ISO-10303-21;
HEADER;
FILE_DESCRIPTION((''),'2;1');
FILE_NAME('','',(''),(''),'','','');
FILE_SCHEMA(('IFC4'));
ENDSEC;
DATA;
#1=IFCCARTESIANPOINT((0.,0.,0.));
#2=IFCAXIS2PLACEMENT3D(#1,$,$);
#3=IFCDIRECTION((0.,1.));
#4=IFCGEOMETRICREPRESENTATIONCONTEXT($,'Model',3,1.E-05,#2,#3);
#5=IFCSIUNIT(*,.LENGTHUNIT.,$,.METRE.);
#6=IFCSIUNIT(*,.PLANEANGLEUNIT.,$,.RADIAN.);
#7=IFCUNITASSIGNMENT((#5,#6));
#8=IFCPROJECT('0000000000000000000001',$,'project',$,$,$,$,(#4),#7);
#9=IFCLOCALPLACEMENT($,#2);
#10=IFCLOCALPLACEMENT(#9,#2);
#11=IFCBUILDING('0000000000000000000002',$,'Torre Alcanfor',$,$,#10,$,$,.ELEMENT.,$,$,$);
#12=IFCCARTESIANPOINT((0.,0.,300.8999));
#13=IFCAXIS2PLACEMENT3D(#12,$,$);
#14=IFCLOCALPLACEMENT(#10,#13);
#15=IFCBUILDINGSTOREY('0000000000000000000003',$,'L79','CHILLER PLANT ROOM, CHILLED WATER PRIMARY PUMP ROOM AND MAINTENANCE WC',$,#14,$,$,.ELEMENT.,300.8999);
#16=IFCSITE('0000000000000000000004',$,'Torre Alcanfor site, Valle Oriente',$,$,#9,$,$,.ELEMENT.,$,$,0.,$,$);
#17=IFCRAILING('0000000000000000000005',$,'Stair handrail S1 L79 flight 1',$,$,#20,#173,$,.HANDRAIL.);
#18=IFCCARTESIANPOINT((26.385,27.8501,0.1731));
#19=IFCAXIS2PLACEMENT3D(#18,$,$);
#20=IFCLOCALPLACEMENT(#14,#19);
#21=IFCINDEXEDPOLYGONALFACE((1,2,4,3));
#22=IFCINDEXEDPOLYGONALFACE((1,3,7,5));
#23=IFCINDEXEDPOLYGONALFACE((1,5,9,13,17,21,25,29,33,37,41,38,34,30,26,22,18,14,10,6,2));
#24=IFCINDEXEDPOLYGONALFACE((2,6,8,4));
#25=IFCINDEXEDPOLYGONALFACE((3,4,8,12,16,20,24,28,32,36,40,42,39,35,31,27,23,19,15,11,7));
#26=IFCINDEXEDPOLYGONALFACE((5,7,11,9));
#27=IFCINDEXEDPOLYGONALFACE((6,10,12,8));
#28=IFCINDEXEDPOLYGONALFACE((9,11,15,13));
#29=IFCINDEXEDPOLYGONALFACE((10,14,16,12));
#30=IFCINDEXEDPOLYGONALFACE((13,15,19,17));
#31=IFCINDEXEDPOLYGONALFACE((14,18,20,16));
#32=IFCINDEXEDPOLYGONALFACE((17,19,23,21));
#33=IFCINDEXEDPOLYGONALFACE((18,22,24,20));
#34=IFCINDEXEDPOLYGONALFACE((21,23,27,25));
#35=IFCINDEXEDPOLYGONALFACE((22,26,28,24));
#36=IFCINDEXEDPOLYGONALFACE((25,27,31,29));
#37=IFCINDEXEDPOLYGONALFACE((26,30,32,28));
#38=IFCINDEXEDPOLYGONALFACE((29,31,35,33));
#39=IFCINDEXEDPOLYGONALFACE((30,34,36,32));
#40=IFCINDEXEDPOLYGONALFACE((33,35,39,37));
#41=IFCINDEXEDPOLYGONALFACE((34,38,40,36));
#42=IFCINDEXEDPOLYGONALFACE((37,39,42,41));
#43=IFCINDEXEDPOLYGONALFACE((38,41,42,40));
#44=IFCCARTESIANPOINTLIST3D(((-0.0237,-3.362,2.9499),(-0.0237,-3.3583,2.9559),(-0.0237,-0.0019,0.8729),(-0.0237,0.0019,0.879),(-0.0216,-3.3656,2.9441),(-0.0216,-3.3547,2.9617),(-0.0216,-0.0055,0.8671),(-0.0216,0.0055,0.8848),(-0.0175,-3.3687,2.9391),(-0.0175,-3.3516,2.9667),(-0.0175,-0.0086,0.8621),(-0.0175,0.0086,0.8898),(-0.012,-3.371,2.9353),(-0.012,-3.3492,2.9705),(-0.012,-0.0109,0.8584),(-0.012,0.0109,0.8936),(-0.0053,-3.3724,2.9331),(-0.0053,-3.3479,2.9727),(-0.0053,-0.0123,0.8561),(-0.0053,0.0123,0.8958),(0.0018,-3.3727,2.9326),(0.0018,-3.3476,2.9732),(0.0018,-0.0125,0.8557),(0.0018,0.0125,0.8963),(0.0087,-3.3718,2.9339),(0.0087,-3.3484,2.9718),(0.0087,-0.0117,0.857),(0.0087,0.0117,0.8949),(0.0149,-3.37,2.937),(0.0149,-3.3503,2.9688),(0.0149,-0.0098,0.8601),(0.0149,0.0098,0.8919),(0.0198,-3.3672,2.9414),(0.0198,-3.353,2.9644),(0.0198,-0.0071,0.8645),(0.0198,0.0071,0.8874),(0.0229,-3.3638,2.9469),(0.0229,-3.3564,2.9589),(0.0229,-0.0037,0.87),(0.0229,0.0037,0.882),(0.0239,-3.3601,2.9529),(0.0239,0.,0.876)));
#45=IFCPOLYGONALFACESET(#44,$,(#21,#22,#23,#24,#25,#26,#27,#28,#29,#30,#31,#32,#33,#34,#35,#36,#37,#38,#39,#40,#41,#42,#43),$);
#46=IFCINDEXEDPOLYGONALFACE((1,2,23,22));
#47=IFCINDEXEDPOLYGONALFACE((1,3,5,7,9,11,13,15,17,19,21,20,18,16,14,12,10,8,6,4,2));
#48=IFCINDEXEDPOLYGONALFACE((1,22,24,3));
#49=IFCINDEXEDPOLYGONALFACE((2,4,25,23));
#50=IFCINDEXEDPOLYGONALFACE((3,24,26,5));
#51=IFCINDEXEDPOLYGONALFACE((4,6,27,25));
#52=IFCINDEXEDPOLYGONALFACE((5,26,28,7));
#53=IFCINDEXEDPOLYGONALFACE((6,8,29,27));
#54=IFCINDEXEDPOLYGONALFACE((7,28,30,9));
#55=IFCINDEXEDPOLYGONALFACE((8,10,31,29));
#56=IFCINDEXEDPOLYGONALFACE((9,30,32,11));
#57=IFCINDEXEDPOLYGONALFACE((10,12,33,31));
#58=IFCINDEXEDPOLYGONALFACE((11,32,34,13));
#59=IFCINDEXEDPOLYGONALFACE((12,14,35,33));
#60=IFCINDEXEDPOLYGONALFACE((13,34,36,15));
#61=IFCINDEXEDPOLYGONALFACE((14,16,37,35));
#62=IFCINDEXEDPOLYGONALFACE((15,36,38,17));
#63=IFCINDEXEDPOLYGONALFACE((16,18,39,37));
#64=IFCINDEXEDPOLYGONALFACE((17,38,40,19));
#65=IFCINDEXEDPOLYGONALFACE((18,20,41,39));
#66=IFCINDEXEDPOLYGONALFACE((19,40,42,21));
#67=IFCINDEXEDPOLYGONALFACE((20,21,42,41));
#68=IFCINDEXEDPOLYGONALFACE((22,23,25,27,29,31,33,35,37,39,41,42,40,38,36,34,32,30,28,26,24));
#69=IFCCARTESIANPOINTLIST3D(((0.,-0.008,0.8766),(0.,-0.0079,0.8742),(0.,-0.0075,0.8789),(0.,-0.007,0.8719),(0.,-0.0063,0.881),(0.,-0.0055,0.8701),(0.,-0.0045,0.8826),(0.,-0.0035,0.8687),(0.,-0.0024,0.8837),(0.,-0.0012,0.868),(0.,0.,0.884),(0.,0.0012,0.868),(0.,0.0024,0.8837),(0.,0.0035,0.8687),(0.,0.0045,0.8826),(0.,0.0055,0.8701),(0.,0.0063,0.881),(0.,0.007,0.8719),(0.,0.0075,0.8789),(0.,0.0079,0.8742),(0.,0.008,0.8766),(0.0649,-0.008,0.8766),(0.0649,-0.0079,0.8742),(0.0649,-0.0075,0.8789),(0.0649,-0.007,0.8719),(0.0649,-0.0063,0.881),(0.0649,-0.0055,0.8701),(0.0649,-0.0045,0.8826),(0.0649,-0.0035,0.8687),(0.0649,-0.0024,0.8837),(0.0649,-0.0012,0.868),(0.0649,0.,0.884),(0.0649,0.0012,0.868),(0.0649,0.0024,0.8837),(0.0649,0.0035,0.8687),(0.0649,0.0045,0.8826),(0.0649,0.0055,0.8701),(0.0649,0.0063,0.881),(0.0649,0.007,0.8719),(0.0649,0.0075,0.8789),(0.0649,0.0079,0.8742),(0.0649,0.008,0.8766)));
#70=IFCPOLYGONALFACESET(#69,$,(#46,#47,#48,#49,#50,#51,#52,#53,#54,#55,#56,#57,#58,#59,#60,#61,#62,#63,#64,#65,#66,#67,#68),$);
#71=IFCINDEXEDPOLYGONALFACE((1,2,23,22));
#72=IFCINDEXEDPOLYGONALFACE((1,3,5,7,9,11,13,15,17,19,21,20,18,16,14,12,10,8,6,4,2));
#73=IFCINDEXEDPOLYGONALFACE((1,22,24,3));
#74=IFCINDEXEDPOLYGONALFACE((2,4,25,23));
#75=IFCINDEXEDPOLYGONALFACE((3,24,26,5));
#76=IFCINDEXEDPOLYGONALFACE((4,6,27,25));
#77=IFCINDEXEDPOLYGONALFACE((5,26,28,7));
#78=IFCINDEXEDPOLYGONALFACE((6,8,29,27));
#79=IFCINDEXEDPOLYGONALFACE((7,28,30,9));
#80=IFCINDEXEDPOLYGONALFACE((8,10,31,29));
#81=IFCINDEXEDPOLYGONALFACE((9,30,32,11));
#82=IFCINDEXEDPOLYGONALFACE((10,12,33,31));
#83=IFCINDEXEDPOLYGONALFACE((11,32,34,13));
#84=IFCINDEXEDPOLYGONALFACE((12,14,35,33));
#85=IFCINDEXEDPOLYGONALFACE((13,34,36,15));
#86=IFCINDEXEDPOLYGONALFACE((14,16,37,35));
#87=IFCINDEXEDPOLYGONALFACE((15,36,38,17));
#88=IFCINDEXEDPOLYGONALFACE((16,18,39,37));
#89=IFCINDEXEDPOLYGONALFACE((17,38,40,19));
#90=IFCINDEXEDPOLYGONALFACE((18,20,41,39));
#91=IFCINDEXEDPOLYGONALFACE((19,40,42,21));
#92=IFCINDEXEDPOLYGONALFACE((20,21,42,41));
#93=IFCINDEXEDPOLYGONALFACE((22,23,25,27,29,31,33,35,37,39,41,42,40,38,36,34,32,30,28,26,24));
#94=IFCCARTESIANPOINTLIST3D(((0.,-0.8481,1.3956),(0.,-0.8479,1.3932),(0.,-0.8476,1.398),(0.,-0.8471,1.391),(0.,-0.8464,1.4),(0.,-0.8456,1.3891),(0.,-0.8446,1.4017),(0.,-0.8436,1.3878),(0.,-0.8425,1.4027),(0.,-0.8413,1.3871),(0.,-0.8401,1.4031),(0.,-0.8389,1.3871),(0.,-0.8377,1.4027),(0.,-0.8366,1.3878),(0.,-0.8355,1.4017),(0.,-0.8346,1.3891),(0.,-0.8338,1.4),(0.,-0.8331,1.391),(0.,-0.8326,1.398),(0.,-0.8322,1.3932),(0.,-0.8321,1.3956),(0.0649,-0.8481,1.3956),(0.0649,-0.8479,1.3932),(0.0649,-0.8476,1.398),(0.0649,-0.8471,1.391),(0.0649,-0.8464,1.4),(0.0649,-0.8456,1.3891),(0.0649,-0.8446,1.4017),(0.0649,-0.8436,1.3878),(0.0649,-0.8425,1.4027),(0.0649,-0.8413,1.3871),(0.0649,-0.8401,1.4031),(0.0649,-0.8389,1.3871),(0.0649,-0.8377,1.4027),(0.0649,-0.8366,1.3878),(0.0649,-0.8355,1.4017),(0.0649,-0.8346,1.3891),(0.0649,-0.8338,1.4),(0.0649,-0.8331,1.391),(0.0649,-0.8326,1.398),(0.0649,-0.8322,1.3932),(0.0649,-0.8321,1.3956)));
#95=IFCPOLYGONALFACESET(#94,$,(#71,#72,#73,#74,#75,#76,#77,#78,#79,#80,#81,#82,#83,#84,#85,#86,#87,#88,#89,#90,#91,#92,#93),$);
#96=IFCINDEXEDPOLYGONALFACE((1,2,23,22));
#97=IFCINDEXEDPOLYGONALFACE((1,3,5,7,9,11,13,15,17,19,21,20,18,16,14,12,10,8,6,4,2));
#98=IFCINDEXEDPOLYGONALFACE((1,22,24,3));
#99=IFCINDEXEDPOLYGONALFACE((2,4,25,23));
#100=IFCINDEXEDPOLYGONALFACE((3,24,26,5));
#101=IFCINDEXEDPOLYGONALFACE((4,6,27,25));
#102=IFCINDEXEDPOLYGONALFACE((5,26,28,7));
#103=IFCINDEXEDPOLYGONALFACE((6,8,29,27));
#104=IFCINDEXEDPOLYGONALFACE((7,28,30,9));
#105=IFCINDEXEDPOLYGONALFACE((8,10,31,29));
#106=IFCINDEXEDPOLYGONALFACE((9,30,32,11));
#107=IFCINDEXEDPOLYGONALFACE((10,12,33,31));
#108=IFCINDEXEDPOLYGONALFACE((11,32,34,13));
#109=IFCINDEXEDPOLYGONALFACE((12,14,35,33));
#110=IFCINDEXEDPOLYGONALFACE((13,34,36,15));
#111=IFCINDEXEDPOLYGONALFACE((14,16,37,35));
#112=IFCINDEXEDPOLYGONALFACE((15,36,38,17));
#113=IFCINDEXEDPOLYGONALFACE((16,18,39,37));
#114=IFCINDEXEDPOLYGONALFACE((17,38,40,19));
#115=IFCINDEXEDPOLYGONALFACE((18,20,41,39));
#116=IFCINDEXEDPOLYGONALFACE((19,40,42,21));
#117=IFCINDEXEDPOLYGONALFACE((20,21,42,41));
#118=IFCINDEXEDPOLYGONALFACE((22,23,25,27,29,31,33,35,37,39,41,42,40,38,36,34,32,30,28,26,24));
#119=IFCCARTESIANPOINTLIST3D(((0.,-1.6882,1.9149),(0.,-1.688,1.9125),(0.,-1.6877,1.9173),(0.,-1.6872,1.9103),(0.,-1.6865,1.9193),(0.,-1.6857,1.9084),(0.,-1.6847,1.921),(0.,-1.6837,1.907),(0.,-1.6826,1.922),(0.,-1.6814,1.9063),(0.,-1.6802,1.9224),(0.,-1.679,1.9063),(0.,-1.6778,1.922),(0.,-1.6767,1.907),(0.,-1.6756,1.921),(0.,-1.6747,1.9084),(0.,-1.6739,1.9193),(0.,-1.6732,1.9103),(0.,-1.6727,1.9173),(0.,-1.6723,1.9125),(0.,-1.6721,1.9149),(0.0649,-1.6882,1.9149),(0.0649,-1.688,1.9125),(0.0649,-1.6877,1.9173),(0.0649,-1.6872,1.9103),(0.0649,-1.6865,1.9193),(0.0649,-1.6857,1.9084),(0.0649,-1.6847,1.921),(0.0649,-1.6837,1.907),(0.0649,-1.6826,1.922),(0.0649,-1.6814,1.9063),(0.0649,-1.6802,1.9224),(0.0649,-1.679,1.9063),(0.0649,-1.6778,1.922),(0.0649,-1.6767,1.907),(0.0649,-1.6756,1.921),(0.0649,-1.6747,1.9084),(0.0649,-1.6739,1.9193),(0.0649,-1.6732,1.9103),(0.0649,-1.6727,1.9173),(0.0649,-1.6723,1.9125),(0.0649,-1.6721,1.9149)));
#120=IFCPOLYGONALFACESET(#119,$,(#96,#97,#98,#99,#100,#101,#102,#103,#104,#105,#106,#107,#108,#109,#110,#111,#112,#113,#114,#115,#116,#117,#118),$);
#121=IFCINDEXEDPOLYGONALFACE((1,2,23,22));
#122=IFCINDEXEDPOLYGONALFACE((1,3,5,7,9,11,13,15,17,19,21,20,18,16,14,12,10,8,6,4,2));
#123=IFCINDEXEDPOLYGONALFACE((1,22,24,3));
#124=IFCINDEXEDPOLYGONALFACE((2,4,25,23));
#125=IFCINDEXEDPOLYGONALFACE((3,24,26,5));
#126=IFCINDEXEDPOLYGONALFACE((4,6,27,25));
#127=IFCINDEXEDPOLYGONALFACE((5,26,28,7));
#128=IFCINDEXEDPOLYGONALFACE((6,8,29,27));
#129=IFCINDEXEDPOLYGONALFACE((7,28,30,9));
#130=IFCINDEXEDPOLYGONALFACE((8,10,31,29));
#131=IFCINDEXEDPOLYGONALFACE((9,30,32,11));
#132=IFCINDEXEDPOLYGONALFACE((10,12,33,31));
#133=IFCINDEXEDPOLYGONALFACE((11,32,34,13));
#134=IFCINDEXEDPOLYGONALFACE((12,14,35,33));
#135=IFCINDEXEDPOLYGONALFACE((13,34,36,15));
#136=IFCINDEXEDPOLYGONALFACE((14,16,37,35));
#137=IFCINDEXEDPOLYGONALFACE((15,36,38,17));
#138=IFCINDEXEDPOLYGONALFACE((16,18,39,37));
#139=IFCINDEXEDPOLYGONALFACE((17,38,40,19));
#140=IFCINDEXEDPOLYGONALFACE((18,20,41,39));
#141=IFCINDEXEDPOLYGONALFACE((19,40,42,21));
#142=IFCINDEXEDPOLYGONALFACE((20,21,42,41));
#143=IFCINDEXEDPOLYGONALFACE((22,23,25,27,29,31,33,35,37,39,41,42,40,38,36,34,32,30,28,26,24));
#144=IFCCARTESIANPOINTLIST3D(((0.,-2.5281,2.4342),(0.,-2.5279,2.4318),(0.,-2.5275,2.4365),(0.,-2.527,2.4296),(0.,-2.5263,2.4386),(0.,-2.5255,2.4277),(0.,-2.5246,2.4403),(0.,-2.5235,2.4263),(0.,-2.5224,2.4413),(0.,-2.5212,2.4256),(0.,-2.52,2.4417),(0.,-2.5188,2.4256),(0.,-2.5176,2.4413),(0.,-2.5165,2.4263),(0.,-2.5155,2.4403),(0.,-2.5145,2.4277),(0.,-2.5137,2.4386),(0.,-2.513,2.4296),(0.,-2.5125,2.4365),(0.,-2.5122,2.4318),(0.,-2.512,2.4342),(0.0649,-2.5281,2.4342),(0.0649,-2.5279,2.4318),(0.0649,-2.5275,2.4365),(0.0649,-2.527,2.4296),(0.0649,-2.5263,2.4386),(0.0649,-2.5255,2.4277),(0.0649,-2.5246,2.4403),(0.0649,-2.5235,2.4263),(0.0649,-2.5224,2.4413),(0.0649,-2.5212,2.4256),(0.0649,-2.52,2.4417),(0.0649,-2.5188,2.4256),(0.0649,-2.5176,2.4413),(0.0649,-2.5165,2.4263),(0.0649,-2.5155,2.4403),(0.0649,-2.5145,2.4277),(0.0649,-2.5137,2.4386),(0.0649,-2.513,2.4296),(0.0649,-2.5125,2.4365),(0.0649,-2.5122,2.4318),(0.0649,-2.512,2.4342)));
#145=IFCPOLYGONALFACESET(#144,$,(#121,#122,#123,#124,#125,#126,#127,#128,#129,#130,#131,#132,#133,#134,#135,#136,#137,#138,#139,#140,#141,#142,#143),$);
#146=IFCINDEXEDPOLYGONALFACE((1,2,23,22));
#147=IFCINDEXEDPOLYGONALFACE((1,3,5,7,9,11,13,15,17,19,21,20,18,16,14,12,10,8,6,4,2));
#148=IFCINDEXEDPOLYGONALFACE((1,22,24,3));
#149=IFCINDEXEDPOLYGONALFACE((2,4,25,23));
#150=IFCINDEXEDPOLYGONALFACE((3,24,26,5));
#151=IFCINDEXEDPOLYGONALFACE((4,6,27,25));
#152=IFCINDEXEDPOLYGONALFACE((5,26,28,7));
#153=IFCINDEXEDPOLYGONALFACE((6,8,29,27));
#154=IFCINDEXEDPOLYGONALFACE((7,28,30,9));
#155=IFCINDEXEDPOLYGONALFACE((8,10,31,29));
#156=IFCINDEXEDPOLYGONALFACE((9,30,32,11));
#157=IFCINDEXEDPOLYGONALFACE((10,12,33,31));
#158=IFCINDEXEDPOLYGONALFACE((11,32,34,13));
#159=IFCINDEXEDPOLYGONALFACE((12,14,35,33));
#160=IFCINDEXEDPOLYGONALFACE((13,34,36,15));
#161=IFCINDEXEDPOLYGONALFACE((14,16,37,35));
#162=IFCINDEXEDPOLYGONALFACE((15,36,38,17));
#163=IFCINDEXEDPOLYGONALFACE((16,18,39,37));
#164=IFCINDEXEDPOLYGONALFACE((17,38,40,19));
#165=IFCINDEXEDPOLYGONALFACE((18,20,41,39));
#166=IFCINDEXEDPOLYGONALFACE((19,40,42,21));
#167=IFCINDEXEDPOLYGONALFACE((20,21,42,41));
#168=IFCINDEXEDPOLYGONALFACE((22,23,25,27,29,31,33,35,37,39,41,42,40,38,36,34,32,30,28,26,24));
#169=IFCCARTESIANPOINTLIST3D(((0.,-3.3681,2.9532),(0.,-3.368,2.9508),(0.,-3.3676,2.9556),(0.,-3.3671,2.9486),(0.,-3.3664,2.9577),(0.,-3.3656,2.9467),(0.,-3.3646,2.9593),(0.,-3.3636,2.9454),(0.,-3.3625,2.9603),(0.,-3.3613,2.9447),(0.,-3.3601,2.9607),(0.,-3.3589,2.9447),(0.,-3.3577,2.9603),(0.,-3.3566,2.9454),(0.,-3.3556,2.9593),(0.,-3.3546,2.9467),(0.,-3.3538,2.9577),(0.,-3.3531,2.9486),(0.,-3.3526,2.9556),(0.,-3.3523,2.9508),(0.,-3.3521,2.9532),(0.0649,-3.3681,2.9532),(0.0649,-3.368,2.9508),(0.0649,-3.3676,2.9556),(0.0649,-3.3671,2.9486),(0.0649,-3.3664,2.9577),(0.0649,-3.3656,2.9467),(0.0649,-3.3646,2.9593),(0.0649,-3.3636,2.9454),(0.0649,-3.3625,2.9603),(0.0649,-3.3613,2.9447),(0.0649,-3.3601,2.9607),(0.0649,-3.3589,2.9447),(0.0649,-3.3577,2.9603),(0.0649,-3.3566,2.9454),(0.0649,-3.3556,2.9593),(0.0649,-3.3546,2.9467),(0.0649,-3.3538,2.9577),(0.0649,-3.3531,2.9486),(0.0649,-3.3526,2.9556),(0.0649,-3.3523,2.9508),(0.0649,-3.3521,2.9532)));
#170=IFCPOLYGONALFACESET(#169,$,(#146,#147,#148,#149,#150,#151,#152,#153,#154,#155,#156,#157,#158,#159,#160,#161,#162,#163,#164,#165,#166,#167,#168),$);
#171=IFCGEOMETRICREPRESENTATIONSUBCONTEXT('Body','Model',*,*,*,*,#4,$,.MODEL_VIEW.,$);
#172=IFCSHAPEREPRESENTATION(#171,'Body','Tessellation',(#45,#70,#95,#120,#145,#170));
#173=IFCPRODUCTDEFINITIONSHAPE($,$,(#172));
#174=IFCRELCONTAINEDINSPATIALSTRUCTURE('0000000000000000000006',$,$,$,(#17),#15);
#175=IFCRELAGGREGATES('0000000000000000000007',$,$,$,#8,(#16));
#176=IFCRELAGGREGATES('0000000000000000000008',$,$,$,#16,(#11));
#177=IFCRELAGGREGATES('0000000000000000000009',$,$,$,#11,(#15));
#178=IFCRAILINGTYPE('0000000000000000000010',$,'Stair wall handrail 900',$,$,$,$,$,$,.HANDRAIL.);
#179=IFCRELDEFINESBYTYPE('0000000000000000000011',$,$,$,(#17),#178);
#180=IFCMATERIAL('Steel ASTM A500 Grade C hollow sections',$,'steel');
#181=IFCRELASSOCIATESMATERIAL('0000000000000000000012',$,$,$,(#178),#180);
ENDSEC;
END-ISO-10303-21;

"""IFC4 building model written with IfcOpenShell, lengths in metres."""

from ifc_helpers import new_model, si_unit, direction, frame, origin, origin_2d, place, context, subcontext, project, spatial, circle, extrude, material, type_object, element, save


model = new_model("IFC4")

# Units and contexts
model_context = context("Model", 3, precision=1e-05, world=origin(), true_north=direction((0.0, 1.0)))
body_context = subcontext(model_context, "Body", "Model", "MODEL_VIEW")
ifc_project = project(units=[si_unit("LENGTHUNIT", "METRE"), si_unit("PLANEANGLEUNIT", "RADIAN")], contexts=[model_context])

# Site, building, storey
site_placement = place(None, origin())
site = spatial("IfcSite", under=ifc_project, at=site_placement, Name="Torre Alcanfor site, Valle Oriente", CompositionType="ELEMENT", RefElevation=0.0)
building_placement = place(site_placement, origin())
building = spatial("IfcBuilding", under=site, at=building_placement, Name="Torre Alcanfor", CompositionType="ELEMENT")
storey_placement = place(building_placement, frame((0.0, 0.0, 300.8999)))
storey = spatial("IfcBuildingStorey", under=building, at=storey_placement, Name="L79", Description="CHILLER PLANT ROOM, CHILLED WATER PRIMARY PUMP ROOM AND MAINTENANCE WC", CompositionType="ELEMENT", Elevation=300.8999)

# Railing
ifc_material_1 = material(Name="Steel ASTM A500 Grade C hollow sections", Category="steel")
railing_type_1 = type_object("IfcRailingType", Name="Stair wall handrail 900", PredefinedType="HANDRAIL", material=ifc_material_1)
railing_1_placement = place(storey_placement, frame((26.385, 27.8501, 0.1731)))
element("IfcRailing", 1, at=railing_1_placement, inside=storey, type_object=railing_type_1, Name="Stair handrail S1 L79 flight 1", PredefinedType="HANDRAIL", context=body_context, shape_type="SweptSolid", body=[
    extrude(circle(Radius=0.0239, at=origin_2d()), frame((0.0, 0.0, 0.876), z_axis=(0.0, -0.850623, 0.525776), x_axis=(1.0, 0.0, 0.0)), (0.0, 0.0, 1.0), 3.9502),
    extrude(circle(Radius=0.0081, at=origin_2d()), frame((0.0, 0.0, 0.876), z_axis=(1.0, 0.0, 0.0), x_axis=(0.0, 0.0, 1.0)), (0.0, 0.0, 1.0), 0.0649),
    extrude(circle(Radius=0.0081, at=origin_2d()), frame((0.0, -0.8401, 1.395), z_axis=(1.0, 0.0, 0.0), x_axis=(0.0, 0.0, 1.0)), (0.0, 0.0, 1.0), 0.0649),
    extrude(circle(Radius=0.0081, at=origin_2d()), frame((0.0, -1.6802, 1.9143), z_axis=(1.0, 0.0, 0.0), x_axis=(0.0, 0.0, 1.0)), (0.0, 0.0, 1.0), 0.0649),
    extrude(circle(Radius=0.0081, at=origin_2d()), frame((0.0, -2.52, 2.4336), z_axis=(1.0, 0.0, 0.0), x_axis=(0.0, 0.0, 1.0)), (0.0, 0.0, 1.0), 0.0649),
    extrude(circle(Radius=0.0081, at=origin_2d()), frame((0.0, -3.3601, 2.9526), z_axis=(1.0, 0.0, 0.0), x_axis=(0.0, 0.0, 1.0)), (0.0, 0.0, 1.0), 0.0649),
])

save(model, "model.ifc")
